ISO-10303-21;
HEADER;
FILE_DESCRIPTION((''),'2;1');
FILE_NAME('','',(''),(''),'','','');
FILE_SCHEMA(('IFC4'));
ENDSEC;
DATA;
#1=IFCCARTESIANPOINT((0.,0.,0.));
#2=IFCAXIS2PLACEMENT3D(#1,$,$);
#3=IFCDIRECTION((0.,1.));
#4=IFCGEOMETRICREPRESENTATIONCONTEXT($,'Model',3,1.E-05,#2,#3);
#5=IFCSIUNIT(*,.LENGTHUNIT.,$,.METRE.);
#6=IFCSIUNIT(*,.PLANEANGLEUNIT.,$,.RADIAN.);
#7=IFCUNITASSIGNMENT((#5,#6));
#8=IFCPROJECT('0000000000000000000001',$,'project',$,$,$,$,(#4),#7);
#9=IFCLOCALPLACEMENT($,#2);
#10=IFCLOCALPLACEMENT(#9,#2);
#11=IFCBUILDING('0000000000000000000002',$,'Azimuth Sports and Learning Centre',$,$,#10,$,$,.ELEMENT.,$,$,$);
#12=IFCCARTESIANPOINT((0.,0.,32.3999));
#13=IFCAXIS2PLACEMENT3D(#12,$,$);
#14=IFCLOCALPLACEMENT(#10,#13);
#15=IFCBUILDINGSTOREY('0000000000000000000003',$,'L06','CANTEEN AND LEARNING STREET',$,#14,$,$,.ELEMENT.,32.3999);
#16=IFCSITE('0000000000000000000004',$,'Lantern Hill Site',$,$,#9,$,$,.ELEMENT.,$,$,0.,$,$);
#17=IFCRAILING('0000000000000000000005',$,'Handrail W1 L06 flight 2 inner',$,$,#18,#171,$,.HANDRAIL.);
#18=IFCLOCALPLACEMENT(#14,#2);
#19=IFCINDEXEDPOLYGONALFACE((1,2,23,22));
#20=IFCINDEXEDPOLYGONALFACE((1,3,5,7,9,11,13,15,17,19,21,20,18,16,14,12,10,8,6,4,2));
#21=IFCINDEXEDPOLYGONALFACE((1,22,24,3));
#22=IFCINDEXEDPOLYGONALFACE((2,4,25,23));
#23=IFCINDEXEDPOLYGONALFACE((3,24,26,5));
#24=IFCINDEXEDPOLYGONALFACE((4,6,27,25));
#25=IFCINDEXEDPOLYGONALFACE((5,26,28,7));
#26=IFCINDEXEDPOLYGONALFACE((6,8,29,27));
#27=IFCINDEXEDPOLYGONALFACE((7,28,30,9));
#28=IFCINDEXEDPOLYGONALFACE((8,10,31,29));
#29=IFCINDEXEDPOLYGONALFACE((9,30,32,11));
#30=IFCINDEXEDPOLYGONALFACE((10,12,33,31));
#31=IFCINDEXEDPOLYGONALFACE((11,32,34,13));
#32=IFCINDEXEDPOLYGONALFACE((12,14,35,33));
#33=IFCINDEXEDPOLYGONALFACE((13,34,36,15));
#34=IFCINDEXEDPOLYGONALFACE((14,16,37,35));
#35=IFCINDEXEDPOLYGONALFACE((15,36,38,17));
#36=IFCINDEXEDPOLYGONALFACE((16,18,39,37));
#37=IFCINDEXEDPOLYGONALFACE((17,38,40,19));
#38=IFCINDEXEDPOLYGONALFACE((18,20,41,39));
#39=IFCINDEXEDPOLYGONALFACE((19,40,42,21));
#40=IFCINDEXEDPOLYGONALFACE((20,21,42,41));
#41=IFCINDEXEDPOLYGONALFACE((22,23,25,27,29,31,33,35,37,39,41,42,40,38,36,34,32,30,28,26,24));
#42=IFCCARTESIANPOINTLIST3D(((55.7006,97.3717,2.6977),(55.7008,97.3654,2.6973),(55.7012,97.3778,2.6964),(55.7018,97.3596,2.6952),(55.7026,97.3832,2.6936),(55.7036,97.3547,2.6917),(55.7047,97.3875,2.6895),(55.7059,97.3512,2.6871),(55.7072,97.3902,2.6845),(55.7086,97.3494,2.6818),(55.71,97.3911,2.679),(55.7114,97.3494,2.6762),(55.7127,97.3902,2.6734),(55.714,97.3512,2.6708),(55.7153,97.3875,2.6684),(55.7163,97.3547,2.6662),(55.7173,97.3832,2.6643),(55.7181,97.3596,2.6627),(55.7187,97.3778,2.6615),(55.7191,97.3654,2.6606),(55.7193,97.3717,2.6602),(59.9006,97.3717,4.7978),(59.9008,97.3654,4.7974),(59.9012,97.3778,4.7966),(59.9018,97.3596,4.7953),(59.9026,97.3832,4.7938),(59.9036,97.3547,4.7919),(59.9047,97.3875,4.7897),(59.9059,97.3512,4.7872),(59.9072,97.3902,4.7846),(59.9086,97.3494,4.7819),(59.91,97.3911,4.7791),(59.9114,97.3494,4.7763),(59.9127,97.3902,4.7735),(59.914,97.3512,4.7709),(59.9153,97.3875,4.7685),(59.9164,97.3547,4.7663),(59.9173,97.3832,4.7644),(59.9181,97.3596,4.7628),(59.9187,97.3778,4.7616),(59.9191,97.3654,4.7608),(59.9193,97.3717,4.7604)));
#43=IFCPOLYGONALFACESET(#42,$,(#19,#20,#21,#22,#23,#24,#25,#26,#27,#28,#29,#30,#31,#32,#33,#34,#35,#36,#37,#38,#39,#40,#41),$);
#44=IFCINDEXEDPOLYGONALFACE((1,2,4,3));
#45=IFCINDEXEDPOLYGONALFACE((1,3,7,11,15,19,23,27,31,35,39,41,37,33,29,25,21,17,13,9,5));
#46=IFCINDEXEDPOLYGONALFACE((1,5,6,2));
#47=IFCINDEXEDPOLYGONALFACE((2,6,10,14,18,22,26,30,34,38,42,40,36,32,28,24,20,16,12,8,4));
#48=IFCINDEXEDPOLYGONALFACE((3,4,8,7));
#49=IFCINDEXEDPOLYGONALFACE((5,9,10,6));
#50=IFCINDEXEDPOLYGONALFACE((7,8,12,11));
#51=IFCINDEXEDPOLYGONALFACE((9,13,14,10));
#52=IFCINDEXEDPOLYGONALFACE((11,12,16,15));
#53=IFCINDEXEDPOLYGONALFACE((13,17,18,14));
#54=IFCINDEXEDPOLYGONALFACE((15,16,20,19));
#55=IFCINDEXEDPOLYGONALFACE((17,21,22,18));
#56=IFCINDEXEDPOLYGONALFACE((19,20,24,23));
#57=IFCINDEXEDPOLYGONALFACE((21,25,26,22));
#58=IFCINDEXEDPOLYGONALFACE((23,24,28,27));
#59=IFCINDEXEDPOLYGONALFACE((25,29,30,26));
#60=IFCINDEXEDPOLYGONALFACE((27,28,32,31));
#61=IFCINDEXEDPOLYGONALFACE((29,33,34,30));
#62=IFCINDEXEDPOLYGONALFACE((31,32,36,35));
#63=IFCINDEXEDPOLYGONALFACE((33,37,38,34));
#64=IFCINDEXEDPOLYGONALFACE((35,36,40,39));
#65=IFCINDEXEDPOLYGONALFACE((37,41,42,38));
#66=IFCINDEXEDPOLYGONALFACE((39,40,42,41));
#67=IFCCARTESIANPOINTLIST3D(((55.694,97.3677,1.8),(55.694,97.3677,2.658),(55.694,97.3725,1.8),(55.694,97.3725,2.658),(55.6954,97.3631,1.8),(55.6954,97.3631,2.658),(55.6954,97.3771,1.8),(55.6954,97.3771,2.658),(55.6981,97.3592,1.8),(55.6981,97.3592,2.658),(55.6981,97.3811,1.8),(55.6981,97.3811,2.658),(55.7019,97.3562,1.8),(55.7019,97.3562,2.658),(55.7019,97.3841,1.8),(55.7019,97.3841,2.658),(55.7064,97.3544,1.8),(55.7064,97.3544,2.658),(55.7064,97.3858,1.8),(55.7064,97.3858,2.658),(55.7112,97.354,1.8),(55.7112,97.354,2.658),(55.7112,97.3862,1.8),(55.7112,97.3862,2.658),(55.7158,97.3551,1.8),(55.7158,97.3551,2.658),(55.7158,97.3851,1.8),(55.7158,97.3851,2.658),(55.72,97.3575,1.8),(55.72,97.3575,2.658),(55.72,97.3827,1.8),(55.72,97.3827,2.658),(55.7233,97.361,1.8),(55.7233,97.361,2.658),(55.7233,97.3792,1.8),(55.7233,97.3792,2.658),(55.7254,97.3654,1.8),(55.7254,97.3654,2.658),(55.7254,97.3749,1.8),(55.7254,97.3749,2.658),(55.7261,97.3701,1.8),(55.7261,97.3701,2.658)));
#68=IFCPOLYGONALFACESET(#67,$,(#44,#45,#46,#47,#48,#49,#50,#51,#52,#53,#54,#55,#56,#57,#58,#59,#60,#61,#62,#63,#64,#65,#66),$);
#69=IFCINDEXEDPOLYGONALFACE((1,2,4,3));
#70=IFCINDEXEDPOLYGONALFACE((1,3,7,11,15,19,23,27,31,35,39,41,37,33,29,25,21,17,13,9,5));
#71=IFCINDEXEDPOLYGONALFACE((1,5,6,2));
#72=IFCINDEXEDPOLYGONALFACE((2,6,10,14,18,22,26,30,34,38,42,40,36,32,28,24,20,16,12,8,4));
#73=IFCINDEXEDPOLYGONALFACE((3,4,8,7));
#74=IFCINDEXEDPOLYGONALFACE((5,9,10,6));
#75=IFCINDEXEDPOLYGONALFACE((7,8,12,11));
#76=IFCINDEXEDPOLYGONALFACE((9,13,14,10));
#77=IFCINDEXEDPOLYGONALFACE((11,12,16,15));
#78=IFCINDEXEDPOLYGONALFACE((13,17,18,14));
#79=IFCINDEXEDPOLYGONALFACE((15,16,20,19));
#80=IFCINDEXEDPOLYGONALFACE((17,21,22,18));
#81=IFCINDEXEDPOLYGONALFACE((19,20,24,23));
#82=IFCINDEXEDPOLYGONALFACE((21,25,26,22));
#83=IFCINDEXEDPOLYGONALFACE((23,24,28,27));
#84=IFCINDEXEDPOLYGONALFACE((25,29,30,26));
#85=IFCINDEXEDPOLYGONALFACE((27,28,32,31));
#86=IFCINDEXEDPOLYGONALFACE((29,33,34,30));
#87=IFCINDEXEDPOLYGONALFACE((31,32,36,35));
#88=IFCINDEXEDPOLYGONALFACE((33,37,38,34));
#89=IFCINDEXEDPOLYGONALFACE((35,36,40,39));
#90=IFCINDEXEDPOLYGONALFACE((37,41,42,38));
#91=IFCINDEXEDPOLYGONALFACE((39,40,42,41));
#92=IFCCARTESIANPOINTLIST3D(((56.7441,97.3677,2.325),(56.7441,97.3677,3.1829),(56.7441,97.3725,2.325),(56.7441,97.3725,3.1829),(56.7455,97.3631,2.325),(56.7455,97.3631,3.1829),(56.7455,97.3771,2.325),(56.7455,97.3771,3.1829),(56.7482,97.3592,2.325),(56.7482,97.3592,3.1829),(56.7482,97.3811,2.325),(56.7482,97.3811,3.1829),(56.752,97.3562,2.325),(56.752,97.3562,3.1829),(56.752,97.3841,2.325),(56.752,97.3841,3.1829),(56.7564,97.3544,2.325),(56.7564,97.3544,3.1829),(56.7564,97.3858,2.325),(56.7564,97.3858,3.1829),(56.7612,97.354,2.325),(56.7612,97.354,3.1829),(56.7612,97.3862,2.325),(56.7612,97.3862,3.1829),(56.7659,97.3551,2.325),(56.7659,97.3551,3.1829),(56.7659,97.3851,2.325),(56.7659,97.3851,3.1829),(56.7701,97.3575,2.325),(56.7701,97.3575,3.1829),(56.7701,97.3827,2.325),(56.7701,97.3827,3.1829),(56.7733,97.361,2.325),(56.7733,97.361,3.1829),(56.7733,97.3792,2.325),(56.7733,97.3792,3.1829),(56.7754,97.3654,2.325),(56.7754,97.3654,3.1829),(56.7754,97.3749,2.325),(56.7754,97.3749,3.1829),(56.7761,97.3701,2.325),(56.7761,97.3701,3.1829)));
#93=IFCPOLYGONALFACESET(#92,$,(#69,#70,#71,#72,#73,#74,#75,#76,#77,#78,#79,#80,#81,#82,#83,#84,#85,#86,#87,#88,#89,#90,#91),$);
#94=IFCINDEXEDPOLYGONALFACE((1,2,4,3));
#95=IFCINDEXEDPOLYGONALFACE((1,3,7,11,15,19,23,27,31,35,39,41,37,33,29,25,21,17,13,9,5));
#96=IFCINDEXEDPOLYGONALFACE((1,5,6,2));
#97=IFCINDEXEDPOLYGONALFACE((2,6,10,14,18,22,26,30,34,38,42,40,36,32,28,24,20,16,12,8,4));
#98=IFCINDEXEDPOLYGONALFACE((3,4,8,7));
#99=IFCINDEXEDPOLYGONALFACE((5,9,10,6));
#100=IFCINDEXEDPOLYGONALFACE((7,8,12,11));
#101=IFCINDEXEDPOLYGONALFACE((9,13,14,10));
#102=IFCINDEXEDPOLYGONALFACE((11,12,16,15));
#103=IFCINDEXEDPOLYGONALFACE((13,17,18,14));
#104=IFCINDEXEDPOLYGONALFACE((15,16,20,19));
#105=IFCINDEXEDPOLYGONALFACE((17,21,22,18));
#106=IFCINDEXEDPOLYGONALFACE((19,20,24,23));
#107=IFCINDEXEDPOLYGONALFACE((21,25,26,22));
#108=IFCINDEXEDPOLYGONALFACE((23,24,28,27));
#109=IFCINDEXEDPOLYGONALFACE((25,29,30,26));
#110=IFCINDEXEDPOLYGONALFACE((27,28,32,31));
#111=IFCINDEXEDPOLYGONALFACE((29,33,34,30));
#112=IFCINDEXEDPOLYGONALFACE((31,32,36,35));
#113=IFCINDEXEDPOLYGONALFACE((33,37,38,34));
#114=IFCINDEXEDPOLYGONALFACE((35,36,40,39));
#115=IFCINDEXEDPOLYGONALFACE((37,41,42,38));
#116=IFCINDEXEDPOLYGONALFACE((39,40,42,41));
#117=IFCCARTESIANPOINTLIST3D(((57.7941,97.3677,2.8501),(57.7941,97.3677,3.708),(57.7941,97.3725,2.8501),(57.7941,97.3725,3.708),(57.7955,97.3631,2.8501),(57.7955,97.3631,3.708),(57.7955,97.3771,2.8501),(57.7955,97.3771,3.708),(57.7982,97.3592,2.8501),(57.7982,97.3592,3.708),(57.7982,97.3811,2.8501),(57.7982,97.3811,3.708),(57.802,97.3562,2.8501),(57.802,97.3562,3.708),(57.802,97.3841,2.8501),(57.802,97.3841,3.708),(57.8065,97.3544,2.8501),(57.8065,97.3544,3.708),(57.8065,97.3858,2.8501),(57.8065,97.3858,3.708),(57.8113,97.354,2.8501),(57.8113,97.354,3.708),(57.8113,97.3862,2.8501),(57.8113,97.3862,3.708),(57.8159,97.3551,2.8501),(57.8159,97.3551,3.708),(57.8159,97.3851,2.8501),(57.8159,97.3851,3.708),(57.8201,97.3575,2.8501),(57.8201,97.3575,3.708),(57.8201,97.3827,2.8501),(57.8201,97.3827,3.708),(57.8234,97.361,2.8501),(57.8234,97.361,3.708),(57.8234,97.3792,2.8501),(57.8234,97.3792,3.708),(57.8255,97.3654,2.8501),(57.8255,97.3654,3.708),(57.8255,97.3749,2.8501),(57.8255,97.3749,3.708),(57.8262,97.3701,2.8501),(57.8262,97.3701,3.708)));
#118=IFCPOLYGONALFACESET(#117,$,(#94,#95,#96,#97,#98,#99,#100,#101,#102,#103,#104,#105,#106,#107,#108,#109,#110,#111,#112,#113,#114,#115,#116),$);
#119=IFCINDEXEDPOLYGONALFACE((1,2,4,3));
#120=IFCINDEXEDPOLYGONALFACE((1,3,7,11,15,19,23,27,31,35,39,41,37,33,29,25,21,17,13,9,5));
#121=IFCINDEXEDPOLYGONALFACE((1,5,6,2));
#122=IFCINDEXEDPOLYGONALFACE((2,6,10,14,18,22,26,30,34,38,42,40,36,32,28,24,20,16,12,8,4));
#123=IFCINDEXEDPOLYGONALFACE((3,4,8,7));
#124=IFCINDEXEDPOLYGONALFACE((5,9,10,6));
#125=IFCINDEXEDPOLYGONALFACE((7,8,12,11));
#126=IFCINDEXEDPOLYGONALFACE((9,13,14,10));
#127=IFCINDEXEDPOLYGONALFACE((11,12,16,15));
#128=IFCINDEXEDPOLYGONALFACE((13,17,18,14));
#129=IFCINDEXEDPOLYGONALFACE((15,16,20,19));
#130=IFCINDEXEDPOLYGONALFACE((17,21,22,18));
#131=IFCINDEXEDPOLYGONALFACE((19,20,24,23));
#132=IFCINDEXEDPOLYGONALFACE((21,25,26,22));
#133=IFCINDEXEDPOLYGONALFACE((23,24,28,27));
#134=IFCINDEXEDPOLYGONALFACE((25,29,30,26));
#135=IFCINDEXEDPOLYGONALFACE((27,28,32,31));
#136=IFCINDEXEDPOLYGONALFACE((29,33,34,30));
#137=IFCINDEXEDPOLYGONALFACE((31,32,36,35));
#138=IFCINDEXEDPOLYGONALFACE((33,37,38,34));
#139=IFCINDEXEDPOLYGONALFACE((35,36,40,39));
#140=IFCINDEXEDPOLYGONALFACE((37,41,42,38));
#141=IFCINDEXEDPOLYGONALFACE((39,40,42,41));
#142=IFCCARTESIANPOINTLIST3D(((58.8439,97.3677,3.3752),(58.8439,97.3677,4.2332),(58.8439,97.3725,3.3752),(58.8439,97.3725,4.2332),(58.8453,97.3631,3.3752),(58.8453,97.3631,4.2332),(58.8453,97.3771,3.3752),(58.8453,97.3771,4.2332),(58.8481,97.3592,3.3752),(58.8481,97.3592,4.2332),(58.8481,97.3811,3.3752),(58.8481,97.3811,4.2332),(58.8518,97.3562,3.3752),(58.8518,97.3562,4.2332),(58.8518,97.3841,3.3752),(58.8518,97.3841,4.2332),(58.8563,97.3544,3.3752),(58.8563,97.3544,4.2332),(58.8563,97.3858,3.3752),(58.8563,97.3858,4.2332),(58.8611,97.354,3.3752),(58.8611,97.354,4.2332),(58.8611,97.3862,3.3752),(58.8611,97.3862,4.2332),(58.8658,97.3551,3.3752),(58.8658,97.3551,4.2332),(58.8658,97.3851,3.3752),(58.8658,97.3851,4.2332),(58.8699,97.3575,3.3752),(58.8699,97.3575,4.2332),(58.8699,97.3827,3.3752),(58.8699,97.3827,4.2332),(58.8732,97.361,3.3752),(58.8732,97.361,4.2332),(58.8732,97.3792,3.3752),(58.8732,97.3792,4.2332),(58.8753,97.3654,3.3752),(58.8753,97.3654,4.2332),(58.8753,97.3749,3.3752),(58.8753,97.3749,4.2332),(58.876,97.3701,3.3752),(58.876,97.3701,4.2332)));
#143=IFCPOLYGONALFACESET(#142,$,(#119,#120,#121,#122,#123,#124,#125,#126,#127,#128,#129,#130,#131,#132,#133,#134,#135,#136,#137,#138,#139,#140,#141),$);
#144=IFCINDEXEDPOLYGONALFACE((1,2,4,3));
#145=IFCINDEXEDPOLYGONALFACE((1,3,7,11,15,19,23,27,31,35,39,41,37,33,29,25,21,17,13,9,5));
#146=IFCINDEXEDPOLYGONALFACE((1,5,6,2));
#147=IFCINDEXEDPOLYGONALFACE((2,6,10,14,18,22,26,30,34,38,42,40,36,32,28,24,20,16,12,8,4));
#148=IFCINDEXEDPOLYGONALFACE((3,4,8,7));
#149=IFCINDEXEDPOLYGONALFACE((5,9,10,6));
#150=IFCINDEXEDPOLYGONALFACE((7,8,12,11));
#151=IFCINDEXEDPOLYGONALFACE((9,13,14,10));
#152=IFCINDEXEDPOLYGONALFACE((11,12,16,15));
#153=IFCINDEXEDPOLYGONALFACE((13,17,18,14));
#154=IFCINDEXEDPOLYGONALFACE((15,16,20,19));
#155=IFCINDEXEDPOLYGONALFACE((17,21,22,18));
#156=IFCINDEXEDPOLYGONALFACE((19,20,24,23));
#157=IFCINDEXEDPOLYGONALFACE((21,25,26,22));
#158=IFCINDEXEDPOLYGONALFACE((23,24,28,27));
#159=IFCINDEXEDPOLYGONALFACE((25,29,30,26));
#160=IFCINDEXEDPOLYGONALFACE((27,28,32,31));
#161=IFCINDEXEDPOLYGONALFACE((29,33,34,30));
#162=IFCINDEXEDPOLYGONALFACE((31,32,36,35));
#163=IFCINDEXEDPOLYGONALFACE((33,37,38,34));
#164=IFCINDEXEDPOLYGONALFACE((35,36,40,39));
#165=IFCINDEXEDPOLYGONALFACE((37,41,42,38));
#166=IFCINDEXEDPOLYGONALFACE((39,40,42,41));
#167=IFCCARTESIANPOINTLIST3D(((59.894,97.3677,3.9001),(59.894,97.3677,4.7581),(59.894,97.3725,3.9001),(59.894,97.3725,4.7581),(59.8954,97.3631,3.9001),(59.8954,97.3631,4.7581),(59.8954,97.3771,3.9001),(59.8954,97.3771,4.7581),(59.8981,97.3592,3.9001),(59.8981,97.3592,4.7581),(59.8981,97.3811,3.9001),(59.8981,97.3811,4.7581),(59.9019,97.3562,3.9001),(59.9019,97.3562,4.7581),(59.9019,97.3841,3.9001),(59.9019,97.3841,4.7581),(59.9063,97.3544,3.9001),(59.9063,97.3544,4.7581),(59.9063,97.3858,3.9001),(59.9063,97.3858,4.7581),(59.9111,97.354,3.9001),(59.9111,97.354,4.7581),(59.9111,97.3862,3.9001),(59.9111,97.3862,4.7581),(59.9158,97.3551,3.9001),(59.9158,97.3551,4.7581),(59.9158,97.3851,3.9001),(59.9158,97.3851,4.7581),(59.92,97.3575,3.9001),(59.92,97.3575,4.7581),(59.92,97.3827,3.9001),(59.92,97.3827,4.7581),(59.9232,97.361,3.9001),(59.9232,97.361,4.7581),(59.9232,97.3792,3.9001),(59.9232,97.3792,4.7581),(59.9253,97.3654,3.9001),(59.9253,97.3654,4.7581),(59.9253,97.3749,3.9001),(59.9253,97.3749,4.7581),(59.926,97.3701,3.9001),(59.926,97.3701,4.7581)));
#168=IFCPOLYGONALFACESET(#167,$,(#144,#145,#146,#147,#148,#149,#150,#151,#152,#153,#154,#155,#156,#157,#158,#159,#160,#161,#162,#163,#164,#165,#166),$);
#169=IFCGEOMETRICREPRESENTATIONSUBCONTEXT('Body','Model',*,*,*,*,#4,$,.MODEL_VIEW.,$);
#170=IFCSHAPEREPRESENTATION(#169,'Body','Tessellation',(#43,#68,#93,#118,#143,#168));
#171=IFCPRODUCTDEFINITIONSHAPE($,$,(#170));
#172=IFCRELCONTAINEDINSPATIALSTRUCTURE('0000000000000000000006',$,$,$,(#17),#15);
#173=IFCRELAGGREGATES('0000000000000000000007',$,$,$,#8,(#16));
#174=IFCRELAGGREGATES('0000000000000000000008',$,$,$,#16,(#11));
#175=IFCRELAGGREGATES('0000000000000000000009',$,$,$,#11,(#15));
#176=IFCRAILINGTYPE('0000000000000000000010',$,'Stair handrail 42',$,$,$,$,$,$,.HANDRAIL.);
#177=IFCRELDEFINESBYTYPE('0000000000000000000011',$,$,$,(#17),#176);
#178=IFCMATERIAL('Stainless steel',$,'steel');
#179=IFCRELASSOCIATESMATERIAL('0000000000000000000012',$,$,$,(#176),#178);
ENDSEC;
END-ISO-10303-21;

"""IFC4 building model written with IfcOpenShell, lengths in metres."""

from ifc_helpers import new_model, si_unit, direction, frame, origin, origin_2d, place, context, subcontext, project, spatial, circle, extrude, material, type_object, element, save


model = new_model("IFC4")

# Units and contexts
model_context = context("Model", 3, precision=1e-05, world=origin(), true_north=direction((0.0, 1.0)))
body_context = subcontext(model_context, "Body", "Model", "MODEL_VIEW")
ifc_project = project(units=[si_unit("LENGTHUNIT", "METRE"), si_unit("PLANEANGLEUNIT", "RADIAN")], contexts=[model_context])

# Site, building, storey
site_placement = place(None, origin())
site = spatial("IfcSite", under=ifc_project, at=site_placement, Name="Lantern Hill Site", CompositionType="ELEMENT", RefElevation=0.0)
building_placement = place(site_placement, origin())
building = spatial("IfcBuilding", under=site, at=building_placement, Name="Azimuth Sports and Learning Centre", CompositionType="ELEMENT")
storey_placement = place(building_placement, frame((0.0, 0.0, 32.3999)))
storey = spatial("IfcBuildingStorey", under=building, at=storey_placement, Name="L06", Description="CANTEEN AND LEARNING STREET", CompositionType="ELEMENT", Elevation=32.3999)

# Railing
ifc_material_1 = material(Name="Stainless steel", Category="steel")
railing_type_1 = type_object("IfcRailingType", Name="Stair handrail 42", PredefinedType="HANDRAIL", material=ifc_material_1)
for number, where, name in (
    (1, (55.71, 97.3701, 1.8), "Handrail W1 L06 flight 2 inner"),
):
    element("IfcRailing", number, at=place(storey_placement, frame(where)), inside=storey, type_object=railing_type_1, Name=name, PredefinedType="HANDRAIL", context=body_context, shape_type="SweptSolid", body=[
        extrude(circle(Radius=0.021, at=origin_2d()), frame((0.0, 0.0, 0.8789), z_axis=(0.894417, 0.0, 0.447234), x_axis=(0.0, 1.0, 0.0)), (0.0, 0.0, 1.0), 4.6958),
        extrude(circle(Radius=0.0161, at=origin_2d()), origin(), (0.0, 0.0, 1.0), 0.8579),
        extrude(circle(Radius=0.0161, at=origin_2d()), frame((1.05, 0.0, 0.5249)), (0.0, 0.0, 1.0), 0.8579),
        extrude(circle(Radius=0.0161, at=origin_2d()), frame((2.1001, 0.0, 1.05)), (0.0, 0.0, 1.0), 0.8579),
        extrude(circle(Radius=0.0161, at=origin_2d()), frame((3.1499, 0.0, 1.5752)), (0.0, 0.0, 1.0), 0.8579),
        extrude(circle(Radius=0.0161, at=origin_2d()), frame((4.2, 0.0, 2.1001)), (0.0, 0.0, 1.0), 0.8579),
    ])

save(model, "model.ifc")
